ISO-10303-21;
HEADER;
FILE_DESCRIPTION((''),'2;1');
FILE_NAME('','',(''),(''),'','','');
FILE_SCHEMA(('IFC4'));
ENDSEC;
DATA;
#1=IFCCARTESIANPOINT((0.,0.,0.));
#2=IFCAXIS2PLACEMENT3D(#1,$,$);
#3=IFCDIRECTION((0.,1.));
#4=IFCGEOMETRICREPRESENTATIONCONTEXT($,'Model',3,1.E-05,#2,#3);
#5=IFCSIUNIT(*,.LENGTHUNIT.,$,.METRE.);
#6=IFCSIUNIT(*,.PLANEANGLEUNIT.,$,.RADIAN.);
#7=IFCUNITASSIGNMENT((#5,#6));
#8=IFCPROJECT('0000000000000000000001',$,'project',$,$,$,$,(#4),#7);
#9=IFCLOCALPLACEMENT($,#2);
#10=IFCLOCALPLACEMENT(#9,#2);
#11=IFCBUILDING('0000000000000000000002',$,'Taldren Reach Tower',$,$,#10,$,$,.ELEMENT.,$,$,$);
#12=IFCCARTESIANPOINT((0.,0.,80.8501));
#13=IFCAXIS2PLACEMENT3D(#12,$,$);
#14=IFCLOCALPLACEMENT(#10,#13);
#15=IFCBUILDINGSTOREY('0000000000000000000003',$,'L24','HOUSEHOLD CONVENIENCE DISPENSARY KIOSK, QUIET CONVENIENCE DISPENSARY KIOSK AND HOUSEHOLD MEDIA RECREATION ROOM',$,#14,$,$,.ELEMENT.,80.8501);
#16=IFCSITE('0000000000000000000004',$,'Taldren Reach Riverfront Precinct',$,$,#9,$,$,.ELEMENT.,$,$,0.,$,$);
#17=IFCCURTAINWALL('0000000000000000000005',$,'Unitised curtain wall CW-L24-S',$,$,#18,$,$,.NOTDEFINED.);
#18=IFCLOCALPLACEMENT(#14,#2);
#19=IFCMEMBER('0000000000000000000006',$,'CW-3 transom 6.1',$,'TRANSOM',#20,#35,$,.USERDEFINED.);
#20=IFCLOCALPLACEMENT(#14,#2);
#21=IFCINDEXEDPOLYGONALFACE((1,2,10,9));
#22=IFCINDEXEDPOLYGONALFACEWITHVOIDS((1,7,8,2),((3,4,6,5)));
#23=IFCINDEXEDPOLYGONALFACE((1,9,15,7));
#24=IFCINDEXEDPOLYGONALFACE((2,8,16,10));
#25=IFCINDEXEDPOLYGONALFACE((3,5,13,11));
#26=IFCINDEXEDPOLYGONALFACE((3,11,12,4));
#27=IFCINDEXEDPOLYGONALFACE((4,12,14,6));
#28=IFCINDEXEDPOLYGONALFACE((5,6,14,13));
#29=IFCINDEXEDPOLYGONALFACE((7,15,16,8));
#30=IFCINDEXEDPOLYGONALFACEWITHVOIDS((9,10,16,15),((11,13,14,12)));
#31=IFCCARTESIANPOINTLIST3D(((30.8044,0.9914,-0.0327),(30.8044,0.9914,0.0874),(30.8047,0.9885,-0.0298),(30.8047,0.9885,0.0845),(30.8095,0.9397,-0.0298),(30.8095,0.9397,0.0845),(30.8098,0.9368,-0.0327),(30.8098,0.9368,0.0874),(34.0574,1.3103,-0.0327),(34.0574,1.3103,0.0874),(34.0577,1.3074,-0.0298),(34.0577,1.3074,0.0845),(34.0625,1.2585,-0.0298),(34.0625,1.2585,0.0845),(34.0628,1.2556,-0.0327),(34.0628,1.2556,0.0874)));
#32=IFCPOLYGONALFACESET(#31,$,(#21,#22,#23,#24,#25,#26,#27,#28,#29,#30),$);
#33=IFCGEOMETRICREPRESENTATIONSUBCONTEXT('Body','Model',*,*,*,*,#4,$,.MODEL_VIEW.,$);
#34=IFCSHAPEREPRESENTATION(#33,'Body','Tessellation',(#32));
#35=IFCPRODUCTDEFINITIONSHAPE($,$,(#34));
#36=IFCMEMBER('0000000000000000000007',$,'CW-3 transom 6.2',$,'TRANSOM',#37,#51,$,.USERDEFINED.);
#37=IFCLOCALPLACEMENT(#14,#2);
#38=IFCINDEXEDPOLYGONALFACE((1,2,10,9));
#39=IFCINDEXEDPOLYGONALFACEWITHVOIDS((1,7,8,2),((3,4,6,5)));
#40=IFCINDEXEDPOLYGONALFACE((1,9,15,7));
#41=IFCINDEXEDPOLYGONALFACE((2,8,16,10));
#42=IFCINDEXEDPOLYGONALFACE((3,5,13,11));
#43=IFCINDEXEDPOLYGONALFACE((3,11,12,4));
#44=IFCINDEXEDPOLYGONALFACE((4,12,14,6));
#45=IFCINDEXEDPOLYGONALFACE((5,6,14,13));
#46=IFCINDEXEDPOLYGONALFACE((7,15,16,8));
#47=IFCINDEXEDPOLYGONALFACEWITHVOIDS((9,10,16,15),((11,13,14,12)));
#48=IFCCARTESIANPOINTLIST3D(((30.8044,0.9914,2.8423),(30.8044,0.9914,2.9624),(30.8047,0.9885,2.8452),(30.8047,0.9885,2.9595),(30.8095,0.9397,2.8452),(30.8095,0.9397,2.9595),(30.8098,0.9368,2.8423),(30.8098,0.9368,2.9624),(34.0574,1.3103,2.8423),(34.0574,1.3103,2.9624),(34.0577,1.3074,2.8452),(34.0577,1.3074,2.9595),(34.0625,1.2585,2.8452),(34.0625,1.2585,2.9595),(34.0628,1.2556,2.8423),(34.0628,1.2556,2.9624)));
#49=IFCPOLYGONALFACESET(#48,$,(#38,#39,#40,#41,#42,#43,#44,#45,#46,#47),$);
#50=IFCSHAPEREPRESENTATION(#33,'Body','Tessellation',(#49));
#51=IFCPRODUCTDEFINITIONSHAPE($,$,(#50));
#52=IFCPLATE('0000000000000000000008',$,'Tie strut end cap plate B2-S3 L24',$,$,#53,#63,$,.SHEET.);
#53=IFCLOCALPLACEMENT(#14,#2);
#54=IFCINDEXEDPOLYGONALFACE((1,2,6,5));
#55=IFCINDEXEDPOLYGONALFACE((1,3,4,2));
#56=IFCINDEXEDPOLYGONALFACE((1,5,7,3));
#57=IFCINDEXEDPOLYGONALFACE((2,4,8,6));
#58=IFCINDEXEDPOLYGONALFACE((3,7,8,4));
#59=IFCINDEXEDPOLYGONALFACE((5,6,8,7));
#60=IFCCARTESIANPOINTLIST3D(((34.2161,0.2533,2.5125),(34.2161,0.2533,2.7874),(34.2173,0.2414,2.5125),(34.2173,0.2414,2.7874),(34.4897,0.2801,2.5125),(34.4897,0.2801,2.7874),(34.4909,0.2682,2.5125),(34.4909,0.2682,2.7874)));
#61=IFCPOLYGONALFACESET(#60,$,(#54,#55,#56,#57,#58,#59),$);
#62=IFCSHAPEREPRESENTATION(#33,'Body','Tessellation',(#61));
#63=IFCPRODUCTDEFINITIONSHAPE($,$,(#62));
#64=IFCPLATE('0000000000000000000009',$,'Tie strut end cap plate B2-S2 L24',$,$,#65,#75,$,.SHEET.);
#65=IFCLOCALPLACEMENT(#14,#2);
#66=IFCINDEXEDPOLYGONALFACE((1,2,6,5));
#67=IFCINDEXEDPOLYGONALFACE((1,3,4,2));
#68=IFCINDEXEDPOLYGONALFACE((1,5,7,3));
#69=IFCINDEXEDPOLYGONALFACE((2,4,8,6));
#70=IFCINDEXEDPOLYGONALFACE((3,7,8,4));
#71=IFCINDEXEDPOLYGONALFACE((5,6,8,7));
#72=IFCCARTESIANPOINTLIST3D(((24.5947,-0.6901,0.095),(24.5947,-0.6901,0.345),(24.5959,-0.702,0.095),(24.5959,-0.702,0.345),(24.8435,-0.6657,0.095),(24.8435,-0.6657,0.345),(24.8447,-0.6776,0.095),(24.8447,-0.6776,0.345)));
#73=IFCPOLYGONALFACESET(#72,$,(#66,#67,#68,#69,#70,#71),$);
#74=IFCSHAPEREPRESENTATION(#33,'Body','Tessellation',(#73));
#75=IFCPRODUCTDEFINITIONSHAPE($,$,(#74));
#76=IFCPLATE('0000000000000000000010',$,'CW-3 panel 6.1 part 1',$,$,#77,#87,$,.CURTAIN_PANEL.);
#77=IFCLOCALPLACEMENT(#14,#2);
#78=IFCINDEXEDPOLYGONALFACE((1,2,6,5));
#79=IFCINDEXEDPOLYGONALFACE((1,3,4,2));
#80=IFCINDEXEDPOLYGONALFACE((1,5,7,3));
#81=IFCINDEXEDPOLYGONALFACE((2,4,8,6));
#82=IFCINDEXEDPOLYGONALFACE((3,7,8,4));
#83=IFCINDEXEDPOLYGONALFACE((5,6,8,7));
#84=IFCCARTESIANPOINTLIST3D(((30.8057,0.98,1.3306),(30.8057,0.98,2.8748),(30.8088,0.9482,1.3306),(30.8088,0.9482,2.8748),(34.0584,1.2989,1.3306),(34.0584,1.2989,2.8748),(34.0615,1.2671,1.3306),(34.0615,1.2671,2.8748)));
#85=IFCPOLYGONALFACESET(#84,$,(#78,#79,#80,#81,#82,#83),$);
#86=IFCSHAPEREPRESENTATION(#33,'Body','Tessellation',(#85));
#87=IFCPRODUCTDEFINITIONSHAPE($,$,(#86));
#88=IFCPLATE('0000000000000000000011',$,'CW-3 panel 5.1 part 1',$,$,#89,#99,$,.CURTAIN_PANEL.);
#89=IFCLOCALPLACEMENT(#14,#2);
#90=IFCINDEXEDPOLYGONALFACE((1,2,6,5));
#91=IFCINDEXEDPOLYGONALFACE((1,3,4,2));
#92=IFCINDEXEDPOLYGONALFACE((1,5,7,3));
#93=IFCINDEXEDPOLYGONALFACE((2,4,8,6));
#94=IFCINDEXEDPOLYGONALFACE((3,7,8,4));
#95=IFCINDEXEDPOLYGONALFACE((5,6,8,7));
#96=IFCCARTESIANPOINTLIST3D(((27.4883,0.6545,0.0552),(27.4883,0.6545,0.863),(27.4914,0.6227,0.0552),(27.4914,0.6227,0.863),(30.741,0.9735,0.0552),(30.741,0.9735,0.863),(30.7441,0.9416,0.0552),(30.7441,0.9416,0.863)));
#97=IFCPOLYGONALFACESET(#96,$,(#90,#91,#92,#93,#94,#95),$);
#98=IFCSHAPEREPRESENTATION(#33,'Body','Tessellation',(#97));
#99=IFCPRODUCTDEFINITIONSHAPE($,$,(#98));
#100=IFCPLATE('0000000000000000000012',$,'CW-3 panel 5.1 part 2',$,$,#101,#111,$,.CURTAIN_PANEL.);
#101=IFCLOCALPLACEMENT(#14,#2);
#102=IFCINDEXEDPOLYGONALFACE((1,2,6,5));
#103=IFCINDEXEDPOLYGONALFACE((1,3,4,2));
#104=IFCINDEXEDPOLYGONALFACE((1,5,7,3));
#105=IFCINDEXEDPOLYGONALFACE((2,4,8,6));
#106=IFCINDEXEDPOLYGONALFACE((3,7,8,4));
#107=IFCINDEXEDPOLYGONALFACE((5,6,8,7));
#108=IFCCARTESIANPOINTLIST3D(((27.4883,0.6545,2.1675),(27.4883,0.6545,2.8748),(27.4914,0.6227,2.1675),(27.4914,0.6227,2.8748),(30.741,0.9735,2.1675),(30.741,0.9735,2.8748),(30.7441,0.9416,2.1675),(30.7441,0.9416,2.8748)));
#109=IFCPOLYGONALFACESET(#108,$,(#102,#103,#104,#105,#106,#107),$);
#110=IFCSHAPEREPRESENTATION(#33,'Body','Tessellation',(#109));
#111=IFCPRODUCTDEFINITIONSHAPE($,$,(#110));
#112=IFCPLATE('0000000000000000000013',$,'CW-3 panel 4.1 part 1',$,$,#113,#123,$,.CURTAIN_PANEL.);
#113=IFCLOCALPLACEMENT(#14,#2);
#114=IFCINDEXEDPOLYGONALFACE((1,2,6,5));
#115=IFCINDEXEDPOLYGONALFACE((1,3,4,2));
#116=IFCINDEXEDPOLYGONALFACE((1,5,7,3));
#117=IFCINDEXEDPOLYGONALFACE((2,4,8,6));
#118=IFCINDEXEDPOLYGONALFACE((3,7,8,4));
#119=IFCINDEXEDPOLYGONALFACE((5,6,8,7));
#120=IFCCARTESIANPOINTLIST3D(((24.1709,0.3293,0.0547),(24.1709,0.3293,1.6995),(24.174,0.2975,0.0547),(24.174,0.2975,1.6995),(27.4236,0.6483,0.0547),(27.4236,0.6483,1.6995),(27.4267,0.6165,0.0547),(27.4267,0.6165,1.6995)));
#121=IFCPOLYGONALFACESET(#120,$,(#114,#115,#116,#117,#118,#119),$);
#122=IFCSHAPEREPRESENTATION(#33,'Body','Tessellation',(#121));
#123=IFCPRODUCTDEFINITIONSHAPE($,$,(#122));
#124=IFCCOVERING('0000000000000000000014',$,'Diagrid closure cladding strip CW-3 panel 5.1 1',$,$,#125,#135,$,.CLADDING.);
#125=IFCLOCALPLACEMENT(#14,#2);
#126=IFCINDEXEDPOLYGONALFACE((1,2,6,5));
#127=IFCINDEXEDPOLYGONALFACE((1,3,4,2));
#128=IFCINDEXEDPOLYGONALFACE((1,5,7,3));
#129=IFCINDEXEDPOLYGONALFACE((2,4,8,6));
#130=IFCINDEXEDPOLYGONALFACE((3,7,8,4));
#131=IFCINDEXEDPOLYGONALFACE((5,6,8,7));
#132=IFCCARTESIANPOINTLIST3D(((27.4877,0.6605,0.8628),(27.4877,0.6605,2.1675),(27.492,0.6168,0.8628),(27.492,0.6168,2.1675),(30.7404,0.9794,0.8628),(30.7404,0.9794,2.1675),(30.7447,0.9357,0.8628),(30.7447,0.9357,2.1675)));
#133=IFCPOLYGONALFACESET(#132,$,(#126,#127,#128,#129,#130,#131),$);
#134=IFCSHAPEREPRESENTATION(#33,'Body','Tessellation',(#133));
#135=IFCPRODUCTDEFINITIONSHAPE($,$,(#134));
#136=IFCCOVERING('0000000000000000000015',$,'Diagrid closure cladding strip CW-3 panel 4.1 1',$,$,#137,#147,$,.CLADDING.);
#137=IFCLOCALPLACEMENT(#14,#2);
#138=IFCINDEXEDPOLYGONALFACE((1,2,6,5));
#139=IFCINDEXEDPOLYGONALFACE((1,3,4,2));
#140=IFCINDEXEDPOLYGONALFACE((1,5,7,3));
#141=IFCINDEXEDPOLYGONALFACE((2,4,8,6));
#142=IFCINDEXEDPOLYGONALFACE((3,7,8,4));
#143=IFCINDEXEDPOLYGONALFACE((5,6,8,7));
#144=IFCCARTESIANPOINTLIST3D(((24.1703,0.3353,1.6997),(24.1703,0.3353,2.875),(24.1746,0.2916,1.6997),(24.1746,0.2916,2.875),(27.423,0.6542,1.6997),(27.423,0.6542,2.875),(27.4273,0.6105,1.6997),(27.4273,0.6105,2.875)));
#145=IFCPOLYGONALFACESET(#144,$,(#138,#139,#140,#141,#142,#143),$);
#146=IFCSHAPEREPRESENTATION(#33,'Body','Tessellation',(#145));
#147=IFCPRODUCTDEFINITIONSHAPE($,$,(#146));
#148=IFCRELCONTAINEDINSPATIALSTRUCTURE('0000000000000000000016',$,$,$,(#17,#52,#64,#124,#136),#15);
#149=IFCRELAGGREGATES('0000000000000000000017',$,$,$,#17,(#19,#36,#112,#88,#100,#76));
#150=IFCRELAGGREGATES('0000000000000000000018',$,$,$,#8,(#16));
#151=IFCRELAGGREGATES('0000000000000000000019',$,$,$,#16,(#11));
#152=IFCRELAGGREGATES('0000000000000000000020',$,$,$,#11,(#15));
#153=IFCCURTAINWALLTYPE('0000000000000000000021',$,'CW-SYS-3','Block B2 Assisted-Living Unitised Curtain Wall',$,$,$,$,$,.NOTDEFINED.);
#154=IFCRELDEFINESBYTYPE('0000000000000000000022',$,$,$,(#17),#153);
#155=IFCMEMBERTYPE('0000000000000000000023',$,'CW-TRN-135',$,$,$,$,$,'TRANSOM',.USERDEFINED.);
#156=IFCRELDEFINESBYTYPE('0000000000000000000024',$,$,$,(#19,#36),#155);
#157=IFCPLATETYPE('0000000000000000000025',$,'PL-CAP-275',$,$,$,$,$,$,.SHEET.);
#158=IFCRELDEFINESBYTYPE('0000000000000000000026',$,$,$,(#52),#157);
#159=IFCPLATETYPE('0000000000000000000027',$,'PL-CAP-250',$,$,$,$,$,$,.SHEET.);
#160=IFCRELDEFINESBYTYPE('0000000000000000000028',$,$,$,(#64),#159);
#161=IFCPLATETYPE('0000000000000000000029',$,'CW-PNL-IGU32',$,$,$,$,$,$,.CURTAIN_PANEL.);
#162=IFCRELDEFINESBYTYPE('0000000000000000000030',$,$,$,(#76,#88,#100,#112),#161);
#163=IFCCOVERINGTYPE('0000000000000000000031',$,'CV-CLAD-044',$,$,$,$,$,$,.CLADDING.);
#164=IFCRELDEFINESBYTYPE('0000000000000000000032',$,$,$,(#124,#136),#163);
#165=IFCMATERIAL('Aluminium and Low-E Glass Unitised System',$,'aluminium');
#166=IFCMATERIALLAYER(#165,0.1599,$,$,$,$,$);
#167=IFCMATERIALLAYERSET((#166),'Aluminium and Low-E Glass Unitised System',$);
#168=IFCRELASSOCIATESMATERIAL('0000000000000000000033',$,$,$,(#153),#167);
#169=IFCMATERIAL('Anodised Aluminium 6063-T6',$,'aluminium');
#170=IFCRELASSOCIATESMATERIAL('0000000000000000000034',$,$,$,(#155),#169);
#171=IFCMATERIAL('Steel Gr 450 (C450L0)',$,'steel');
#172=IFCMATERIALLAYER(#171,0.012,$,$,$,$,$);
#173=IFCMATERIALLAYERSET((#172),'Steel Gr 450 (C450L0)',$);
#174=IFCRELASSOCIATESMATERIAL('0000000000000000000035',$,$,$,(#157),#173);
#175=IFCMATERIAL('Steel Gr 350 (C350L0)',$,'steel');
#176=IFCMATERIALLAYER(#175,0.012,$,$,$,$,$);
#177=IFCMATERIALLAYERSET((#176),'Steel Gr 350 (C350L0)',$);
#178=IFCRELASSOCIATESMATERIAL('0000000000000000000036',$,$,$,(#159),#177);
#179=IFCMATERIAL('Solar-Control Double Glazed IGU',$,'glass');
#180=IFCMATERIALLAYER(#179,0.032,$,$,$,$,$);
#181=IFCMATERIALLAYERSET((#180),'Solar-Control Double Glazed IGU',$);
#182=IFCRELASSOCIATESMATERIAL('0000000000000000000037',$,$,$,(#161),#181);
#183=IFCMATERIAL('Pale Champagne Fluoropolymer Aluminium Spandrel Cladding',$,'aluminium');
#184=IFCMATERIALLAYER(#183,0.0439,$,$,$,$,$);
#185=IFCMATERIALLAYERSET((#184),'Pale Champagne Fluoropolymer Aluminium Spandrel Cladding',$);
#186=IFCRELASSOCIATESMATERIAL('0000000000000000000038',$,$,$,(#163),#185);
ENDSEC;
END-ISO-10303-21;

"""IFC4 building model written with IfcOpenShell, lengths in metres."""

from ifc_helpers import new_model, si_unit, direction, frame, origin, origin_2d, place, context, subcontext, project, spatial, rectangle, hollow_rectangle, extrude, source, transform, mapped, material, layer, layer_set, material_profile, profile_set, type_object, element, aggregate, save


model = new_model("IFC4")

# Units and contexts
model_context = context("Model", 3, precision=1e-05, world=origin(), true_north=direction((0.0, 1.0)))
body_context = subcontext(model_context, "Body", "Model", "MODEL_VIEW")
ifc_project = project(units=[si_unit("LENGTHUNIT", "METRE"), si_unit("PLANEANGLEUNIT", "RADIAN")], contexts=[model_context])

# Site, building, storey
site_placement = place(None, origin())
site = spatial("IfcSite", under=ifc_project, at=site_placement, Name="Taldren Reach Riverfront Precinct", CompositionType="ELEMENT", RefElevation=0.0)
building_placement = place(site_placement, origin())
building = spatial("IfcBuilding", under=site, at=building_placement, Name="Taldren Reach Tower", CompositionType="ELEMENT")
storey_placement = place(building_placement, frame((0.0, 0.0, 80.8501)))
storey = spatial("IfcBuildingStorey", under=building, at=storey_placement, Name="L24", Description="HOUSEHOLD CONVENIENCE DISPENSARY KIOSK, QUIET CONVENIENCE DISPENSARY KIOSK AND HOUSEHOLD MEDIA RECREATION ROOM", CompositionType="ELEMENT", Elevation=80.8501)

# Shared definitions
ifc_material_1 = material(Name="Steel Gr 450 (C450L0)", Category="steel")
ifc_material_2 = material(Name="Steel Gr 350 (C350L0)", Category="steel")

# Curtain wall, members
ifc_material_3 = material(Name="Aluminium and Low-E Glass Unitised System", Category="aluminium")
ifc_layer_1 = layer(ifc_material_3, 0.1599)
ifc_layer_set_1 = layer_set([ifc_layer_1], Name="Aluminium and Low-E Glass Unitised System")
curtain_wall_type = type_object("IfcCurtainWallType", Name="CW-SYS-3", Description="Block B2 Assisted-Living Unitised Curtain Wall", PredefinedType="NOTDEFINED", material=ifc_layer_set_1)
curtain_wall_placement = place(storey_placement, origin())
curtain_wall = element("IfcCurtainWall", 1, at=curtain_wall_placement, inside=storey, type_object=curtain_wall_type, Name="Unitised curtain wall CW-L24-S", PredefinedType="NOTDEFINED")
ifc_material_4 = material(Name="Anodised Aluminium 6063-T6", Category="aluminium")
ifc_material_profile_1 = material_profile(ifc_material_4, hollow_rectangle(XDim=0.0549, YDim=0.1201, WallThickness=0.0029, at=origin_2d()), Name="ALU-120x55x3RHS")
ifc_profile_set_1 = profile_set([ifc_material_profile_1], Name="Anodised Aluminium 6063-T6")
member_type_1 = type_object("IfcMemberType", Name="CW-TRN-135", ElementType="TRANSOM", PredefinedType="USERDEFINED", material=ifc_profile_set_1)
shared_shape_1 = source(origin(), body_context, "Body", "SweptSolid", [
    extrude(hollow_rectangle(XDim=0.0549, YDim=0.1201, WallThickness=0.0029, at=origin_2d()), origin(), (0.0, 0.0, 1.0), 3.2686),
])
member_1_placement = place(storey_placement, frame((30.8071, 0.9641, 0.0273), z_axis=(0.995231, 0.097551, 0.0), x_axis=(-0.097551, 0.995231, 0.0)))
member_1 = element("IfcMember", 2, at=member_1_placement, type_object=member_type_1, Name="CW-3 transom 6.1", ObjectType="TRANSOM", PredefinedType="USERDEFINED", context=body_context, shape_type="MappedRepresentation", body=[
    mapped(shared_shape_1, transform((0.0, 0.0, 0.0), scale=1.0)),
])
member_2_placement = place(storey_placement, frame((30.8071, 0.9641, 2.9023), z_axis=(0.995231, 0.097551, 0.0), x_axis=(-0.097551, 0.995231, 0.0)))
member_2 = element("IfcMember", 3, at=member_2_placement, type_object=member_type_1, Name="CW-3 transom 6.2", ObjectType="TRANSOM", PredefinedType="USERDEFINED", context=body_context, shape_type="MappedRepresentation", body=[
    mapped(shared_shape_1, transform((0.0, 0.0, 0.0), scale=1.0)),
])

# Plates
ifc_layer_2 = layer(ifc_material_1, 0.012)
ifc_layer_set_2 = layer_set([ifc_layer_2], Name="Steel Gr 450 (C450L0)")
plate_type_1 = type_object("IfcPlateType", Name="PL-CAP-275", PredefinedType="SHEET", material=ifc_layer_set_2)
shared_shape_2 = source(origin(), body_context, "Body", "SweptSolid", [
    extrude(rectangle(XDim=0.2749, YDim=0.012, at=origin_2d()), origin(), (0.0, 0.0, 1.0), 0.2749),
])
plate_1_placement = place(storey_placement, frame((34.3535, 0.2607, 2.5125), z_axis=(0.0, 0.0, 1.0), x_axis=(0.995227, 0.097583, 0.0)))
element("IfcPlate", 4, at=plate_1_placement, inside=storey, type_object=plate_type_1, Name="Tie strut end cap plate B2-S3 L24", PredefinedType="SHEET", context=body_context, shape_type="MappedRepresentation", body=[
    mapped(shared_shape_2, transform((0.0, 0.0, 0.0), scale=1.0)),
])
ifc_layer_3 = layer(ifc_material_2, 0.012)
ifc_layer_set_3 = layer_set([ifc_layer_3], Name="Steel Gr 350 (C350L0)")
plate_type_2 = type_object("IfcPlateType", Name="PL-CAP-250", PredefinedType="SHEET", material=ifc_layer_set_3)
shared_shape_3 = source(origin(), body_context, "Body", "SweptSolid", [
    extrude(rectangle(XDim=0.25, YDim=0.012, at=origin_2d()), origin(), (0.0, 0.0, 1.0), 0.25),
])
plate_2_placement = place(storey_placement, frame((24.7197, -0.6838, 0.095), z_axis=(0.0, 0.0, 1.0), x_axis=(0.995227, 0.097583, 0.0)))
element("IfcPlate", 5, at=plate_2_placement, inside=storey, type_object=plate_type_2, Name="Tie strut end cap plate B2-S2 L24", PredefinedType="SHEET", context=body_context, shape_type="MappedRepresentation", body=[
    mapped(shared_shape_3, transform((0.0, 0.0, 0.0), scale=1.0)),
])

# Plates
ifc_material_5 = material(Name="Solar-Control Double Glazed IGU", Category="glass")
ifc_layer_4 = layer(ifc_material_5, 0.032)
ifc_layer_set_4 = layer_set([ifc_layer_4], Name="Solar-Control Double Glazed IGU")
plate_type_3 = type_object("IfcPlateType", Name="CW-PNL-IGU32", PredefinedType="CURTAIN_PANEL", material=ifc_layer_set_4)
shared_shape_4 = source(origin(), body_context, "Body", "SweptSolid", [
    extrude(rectangle(XDim=3.2683, YDim=0.032, at=origin_2d()), origin(), (0.0, 0.0, 1.0), 1.5442),
])
plate_3_placement = place(storey_placement, frame((32.4336, 1.1235, 1.3306), z_axis=(0.0, 0.0, 1.0), x_axis=(0.995227, 0.097583, 0.0)))
plate_3 = element("IfcPlate", 6, at=plate_3_placement, type_object=plate_type_3, Name="CW-3 panel 6.1 part 1", PredefinedType="CURTAIN_PANEL", context=body_context, shape_type="MappedRepresentation", body=[
    mapped(shared_shape_4, transform((0.0, 0.0, 0.0), scale=1.0)),
])
shared_shape_5 = source(origin(), body_context, "Body", "SweptSolid", [
    extrude(rectangle(XDim=3.2683, YDim=0.032, at=origin_2d()), origin(), (0.0, 0.0, 1.0), 0.8079),
])
plate_4_placement = place(storey_placement, frame((29.1162, 0.7981, 0.0552), z_axis=(0.0, 0.0, 1.0), x_axis=(0.995227, 0.097583, 0.0)))
plate_4 = element("IfcPlate", 7, at=plate_4_placement, type_object=plate_type_3, Name="CW-3 panel 5.1 part 1", PredefinedType="CURTAIN_PANEL", context=body_context, shape_type="MappedRepresentation", body=[
    mapped(shared_shape_5, transform((0.0, 0.0, 0.0), scale=1.0)),
])
shared_shape_6 = source(origin(), body_context, "Body", "SweptSolid", [
    extrude(rectangle(XDim=3.2683, YDim=0.032, at=origin_2d()), origin(), (0.0, 0.0, 1.0), 0.7073),
])
plate_5_placement = place(storey_placement, frame((29.1162, 0.7981, 2.1675), z_axis=(0.0, 0.0, 1.0), x_axis=(0.995227, 0.097583, 0.0)))
plate_5 = element("IfcPlate", 8, at=plate_5_placement, type_object=plate_type_3, Name="CW-3 panel 5.1 part 2", PredefinedType="CURTAIN_PANEL", context=body_context, shape_type="MappedRepresentation", body=[
    mapped(shared_shape_6, transform((0.0, 0.0, 0.0), scale=1.0)),
])
shared_shape_7 = source(origin(), body_context, "Body", "SweptSolid", [
    extrude(rectangle(XDim=3.2683, YDim=0.032, at=origin_2d()), origin(), (0.0, 0.0, 1.0), 1.6448),
])
plate_6_placement = place(storey_placement, frame((25.7988, 0.4729, 0.0547), z_axis=(0.0, 0.0, 1.0), x_axis=(0.995227, 0.097583, 0.0)))
plate_6 = element("IfcPlate", 9, at=plate_6_placement, type_object=plate_type_3, Name="CW-3 panel 4.1 part 1", PredefinedType="CURTAIN_PANEL", context=body_context, shape_type="MappedRepresentation", body=[
    mapped(shared_shape_7, transform((0.0, 0.0, 0.0), scale=1.0)),
])
aggregate(curtain_wall, [member_1, member_2, plate_6, plate_4, plate_5, plate_3])

# Coverings
ifc_material_6 = material(Name="Pale Champagne Fluoropolymer Aluminium Spandrel Cladding", Category="aluminium")
ifc_layer_5 = layer(ifc_material_6, 0.0439)
ifc_layer_set_5 = layer_set([ifc_layer_5], Name="Pale Champagne Fluoropolymer Aluminium Spandrel Cladding")
covering_type = type_object("IfcCoveringType", Name="CV-CLAD-044", PredefinedType="CLADDING", material=ifc_layer_set_5)
shared_shape_8 = source(origin(), body_context, "Body", "SweptSolid", [
    extrude(rectangle(XDim=3.2683, YDim=0.0439, at=origin_2d()), origin(), (0.0, 0.0, 1.0), 1.3047),
])
covering_1_placement = place(storey_placement, frame((29.1162, 0.7981, 0.8628), z_axis=(0.0, 0.0, 1.0), x_axis=(0.995227, 0.097583, 0.0)))
element("IfcCovering", 10, at=covering_1_placement, inside=storey, type_object=covering_type, Name="Diagrid closure cladding strip CW-3 panel 5.1 1", PredefinedType="CLADDING", context=body_context, shape_type="MappedRepresentation", body=[
    mapped(shared_shape_8, transform((0.0, 0.0, 0.0), scale=1.0)),
])
shared_shape_9 = source(origin(), body_context, "Body", "SweptSolid", [
    extrude(rectangle(XDim=3.2683, YDim=0.0439, at=origin_2d()), origin(), (0.0, 0.0, 1.0), 1.1753),
])
covering_2_placement = place(storey_placement, frame((25.7988, 0.4729, 1.6997), z_axis=(0.0, 0.0, 1.0), x_axis=(0.995227, 0.097583, 0.0)))
element("IfcCovering", 11, at=covering_2_placement, inside=storey, type_object=covering_type, Name="Diagrid closure cladding strip CW-3 panel 4.1 1", PredefinedType="CLADDING", context=body_context, shape_type="MappedRepresentation", body=[
    mapped(shared_shape_9, transform((0.0, 0.0, 0.0), scale=1.0)),
])

save(model, "model.ifc")
